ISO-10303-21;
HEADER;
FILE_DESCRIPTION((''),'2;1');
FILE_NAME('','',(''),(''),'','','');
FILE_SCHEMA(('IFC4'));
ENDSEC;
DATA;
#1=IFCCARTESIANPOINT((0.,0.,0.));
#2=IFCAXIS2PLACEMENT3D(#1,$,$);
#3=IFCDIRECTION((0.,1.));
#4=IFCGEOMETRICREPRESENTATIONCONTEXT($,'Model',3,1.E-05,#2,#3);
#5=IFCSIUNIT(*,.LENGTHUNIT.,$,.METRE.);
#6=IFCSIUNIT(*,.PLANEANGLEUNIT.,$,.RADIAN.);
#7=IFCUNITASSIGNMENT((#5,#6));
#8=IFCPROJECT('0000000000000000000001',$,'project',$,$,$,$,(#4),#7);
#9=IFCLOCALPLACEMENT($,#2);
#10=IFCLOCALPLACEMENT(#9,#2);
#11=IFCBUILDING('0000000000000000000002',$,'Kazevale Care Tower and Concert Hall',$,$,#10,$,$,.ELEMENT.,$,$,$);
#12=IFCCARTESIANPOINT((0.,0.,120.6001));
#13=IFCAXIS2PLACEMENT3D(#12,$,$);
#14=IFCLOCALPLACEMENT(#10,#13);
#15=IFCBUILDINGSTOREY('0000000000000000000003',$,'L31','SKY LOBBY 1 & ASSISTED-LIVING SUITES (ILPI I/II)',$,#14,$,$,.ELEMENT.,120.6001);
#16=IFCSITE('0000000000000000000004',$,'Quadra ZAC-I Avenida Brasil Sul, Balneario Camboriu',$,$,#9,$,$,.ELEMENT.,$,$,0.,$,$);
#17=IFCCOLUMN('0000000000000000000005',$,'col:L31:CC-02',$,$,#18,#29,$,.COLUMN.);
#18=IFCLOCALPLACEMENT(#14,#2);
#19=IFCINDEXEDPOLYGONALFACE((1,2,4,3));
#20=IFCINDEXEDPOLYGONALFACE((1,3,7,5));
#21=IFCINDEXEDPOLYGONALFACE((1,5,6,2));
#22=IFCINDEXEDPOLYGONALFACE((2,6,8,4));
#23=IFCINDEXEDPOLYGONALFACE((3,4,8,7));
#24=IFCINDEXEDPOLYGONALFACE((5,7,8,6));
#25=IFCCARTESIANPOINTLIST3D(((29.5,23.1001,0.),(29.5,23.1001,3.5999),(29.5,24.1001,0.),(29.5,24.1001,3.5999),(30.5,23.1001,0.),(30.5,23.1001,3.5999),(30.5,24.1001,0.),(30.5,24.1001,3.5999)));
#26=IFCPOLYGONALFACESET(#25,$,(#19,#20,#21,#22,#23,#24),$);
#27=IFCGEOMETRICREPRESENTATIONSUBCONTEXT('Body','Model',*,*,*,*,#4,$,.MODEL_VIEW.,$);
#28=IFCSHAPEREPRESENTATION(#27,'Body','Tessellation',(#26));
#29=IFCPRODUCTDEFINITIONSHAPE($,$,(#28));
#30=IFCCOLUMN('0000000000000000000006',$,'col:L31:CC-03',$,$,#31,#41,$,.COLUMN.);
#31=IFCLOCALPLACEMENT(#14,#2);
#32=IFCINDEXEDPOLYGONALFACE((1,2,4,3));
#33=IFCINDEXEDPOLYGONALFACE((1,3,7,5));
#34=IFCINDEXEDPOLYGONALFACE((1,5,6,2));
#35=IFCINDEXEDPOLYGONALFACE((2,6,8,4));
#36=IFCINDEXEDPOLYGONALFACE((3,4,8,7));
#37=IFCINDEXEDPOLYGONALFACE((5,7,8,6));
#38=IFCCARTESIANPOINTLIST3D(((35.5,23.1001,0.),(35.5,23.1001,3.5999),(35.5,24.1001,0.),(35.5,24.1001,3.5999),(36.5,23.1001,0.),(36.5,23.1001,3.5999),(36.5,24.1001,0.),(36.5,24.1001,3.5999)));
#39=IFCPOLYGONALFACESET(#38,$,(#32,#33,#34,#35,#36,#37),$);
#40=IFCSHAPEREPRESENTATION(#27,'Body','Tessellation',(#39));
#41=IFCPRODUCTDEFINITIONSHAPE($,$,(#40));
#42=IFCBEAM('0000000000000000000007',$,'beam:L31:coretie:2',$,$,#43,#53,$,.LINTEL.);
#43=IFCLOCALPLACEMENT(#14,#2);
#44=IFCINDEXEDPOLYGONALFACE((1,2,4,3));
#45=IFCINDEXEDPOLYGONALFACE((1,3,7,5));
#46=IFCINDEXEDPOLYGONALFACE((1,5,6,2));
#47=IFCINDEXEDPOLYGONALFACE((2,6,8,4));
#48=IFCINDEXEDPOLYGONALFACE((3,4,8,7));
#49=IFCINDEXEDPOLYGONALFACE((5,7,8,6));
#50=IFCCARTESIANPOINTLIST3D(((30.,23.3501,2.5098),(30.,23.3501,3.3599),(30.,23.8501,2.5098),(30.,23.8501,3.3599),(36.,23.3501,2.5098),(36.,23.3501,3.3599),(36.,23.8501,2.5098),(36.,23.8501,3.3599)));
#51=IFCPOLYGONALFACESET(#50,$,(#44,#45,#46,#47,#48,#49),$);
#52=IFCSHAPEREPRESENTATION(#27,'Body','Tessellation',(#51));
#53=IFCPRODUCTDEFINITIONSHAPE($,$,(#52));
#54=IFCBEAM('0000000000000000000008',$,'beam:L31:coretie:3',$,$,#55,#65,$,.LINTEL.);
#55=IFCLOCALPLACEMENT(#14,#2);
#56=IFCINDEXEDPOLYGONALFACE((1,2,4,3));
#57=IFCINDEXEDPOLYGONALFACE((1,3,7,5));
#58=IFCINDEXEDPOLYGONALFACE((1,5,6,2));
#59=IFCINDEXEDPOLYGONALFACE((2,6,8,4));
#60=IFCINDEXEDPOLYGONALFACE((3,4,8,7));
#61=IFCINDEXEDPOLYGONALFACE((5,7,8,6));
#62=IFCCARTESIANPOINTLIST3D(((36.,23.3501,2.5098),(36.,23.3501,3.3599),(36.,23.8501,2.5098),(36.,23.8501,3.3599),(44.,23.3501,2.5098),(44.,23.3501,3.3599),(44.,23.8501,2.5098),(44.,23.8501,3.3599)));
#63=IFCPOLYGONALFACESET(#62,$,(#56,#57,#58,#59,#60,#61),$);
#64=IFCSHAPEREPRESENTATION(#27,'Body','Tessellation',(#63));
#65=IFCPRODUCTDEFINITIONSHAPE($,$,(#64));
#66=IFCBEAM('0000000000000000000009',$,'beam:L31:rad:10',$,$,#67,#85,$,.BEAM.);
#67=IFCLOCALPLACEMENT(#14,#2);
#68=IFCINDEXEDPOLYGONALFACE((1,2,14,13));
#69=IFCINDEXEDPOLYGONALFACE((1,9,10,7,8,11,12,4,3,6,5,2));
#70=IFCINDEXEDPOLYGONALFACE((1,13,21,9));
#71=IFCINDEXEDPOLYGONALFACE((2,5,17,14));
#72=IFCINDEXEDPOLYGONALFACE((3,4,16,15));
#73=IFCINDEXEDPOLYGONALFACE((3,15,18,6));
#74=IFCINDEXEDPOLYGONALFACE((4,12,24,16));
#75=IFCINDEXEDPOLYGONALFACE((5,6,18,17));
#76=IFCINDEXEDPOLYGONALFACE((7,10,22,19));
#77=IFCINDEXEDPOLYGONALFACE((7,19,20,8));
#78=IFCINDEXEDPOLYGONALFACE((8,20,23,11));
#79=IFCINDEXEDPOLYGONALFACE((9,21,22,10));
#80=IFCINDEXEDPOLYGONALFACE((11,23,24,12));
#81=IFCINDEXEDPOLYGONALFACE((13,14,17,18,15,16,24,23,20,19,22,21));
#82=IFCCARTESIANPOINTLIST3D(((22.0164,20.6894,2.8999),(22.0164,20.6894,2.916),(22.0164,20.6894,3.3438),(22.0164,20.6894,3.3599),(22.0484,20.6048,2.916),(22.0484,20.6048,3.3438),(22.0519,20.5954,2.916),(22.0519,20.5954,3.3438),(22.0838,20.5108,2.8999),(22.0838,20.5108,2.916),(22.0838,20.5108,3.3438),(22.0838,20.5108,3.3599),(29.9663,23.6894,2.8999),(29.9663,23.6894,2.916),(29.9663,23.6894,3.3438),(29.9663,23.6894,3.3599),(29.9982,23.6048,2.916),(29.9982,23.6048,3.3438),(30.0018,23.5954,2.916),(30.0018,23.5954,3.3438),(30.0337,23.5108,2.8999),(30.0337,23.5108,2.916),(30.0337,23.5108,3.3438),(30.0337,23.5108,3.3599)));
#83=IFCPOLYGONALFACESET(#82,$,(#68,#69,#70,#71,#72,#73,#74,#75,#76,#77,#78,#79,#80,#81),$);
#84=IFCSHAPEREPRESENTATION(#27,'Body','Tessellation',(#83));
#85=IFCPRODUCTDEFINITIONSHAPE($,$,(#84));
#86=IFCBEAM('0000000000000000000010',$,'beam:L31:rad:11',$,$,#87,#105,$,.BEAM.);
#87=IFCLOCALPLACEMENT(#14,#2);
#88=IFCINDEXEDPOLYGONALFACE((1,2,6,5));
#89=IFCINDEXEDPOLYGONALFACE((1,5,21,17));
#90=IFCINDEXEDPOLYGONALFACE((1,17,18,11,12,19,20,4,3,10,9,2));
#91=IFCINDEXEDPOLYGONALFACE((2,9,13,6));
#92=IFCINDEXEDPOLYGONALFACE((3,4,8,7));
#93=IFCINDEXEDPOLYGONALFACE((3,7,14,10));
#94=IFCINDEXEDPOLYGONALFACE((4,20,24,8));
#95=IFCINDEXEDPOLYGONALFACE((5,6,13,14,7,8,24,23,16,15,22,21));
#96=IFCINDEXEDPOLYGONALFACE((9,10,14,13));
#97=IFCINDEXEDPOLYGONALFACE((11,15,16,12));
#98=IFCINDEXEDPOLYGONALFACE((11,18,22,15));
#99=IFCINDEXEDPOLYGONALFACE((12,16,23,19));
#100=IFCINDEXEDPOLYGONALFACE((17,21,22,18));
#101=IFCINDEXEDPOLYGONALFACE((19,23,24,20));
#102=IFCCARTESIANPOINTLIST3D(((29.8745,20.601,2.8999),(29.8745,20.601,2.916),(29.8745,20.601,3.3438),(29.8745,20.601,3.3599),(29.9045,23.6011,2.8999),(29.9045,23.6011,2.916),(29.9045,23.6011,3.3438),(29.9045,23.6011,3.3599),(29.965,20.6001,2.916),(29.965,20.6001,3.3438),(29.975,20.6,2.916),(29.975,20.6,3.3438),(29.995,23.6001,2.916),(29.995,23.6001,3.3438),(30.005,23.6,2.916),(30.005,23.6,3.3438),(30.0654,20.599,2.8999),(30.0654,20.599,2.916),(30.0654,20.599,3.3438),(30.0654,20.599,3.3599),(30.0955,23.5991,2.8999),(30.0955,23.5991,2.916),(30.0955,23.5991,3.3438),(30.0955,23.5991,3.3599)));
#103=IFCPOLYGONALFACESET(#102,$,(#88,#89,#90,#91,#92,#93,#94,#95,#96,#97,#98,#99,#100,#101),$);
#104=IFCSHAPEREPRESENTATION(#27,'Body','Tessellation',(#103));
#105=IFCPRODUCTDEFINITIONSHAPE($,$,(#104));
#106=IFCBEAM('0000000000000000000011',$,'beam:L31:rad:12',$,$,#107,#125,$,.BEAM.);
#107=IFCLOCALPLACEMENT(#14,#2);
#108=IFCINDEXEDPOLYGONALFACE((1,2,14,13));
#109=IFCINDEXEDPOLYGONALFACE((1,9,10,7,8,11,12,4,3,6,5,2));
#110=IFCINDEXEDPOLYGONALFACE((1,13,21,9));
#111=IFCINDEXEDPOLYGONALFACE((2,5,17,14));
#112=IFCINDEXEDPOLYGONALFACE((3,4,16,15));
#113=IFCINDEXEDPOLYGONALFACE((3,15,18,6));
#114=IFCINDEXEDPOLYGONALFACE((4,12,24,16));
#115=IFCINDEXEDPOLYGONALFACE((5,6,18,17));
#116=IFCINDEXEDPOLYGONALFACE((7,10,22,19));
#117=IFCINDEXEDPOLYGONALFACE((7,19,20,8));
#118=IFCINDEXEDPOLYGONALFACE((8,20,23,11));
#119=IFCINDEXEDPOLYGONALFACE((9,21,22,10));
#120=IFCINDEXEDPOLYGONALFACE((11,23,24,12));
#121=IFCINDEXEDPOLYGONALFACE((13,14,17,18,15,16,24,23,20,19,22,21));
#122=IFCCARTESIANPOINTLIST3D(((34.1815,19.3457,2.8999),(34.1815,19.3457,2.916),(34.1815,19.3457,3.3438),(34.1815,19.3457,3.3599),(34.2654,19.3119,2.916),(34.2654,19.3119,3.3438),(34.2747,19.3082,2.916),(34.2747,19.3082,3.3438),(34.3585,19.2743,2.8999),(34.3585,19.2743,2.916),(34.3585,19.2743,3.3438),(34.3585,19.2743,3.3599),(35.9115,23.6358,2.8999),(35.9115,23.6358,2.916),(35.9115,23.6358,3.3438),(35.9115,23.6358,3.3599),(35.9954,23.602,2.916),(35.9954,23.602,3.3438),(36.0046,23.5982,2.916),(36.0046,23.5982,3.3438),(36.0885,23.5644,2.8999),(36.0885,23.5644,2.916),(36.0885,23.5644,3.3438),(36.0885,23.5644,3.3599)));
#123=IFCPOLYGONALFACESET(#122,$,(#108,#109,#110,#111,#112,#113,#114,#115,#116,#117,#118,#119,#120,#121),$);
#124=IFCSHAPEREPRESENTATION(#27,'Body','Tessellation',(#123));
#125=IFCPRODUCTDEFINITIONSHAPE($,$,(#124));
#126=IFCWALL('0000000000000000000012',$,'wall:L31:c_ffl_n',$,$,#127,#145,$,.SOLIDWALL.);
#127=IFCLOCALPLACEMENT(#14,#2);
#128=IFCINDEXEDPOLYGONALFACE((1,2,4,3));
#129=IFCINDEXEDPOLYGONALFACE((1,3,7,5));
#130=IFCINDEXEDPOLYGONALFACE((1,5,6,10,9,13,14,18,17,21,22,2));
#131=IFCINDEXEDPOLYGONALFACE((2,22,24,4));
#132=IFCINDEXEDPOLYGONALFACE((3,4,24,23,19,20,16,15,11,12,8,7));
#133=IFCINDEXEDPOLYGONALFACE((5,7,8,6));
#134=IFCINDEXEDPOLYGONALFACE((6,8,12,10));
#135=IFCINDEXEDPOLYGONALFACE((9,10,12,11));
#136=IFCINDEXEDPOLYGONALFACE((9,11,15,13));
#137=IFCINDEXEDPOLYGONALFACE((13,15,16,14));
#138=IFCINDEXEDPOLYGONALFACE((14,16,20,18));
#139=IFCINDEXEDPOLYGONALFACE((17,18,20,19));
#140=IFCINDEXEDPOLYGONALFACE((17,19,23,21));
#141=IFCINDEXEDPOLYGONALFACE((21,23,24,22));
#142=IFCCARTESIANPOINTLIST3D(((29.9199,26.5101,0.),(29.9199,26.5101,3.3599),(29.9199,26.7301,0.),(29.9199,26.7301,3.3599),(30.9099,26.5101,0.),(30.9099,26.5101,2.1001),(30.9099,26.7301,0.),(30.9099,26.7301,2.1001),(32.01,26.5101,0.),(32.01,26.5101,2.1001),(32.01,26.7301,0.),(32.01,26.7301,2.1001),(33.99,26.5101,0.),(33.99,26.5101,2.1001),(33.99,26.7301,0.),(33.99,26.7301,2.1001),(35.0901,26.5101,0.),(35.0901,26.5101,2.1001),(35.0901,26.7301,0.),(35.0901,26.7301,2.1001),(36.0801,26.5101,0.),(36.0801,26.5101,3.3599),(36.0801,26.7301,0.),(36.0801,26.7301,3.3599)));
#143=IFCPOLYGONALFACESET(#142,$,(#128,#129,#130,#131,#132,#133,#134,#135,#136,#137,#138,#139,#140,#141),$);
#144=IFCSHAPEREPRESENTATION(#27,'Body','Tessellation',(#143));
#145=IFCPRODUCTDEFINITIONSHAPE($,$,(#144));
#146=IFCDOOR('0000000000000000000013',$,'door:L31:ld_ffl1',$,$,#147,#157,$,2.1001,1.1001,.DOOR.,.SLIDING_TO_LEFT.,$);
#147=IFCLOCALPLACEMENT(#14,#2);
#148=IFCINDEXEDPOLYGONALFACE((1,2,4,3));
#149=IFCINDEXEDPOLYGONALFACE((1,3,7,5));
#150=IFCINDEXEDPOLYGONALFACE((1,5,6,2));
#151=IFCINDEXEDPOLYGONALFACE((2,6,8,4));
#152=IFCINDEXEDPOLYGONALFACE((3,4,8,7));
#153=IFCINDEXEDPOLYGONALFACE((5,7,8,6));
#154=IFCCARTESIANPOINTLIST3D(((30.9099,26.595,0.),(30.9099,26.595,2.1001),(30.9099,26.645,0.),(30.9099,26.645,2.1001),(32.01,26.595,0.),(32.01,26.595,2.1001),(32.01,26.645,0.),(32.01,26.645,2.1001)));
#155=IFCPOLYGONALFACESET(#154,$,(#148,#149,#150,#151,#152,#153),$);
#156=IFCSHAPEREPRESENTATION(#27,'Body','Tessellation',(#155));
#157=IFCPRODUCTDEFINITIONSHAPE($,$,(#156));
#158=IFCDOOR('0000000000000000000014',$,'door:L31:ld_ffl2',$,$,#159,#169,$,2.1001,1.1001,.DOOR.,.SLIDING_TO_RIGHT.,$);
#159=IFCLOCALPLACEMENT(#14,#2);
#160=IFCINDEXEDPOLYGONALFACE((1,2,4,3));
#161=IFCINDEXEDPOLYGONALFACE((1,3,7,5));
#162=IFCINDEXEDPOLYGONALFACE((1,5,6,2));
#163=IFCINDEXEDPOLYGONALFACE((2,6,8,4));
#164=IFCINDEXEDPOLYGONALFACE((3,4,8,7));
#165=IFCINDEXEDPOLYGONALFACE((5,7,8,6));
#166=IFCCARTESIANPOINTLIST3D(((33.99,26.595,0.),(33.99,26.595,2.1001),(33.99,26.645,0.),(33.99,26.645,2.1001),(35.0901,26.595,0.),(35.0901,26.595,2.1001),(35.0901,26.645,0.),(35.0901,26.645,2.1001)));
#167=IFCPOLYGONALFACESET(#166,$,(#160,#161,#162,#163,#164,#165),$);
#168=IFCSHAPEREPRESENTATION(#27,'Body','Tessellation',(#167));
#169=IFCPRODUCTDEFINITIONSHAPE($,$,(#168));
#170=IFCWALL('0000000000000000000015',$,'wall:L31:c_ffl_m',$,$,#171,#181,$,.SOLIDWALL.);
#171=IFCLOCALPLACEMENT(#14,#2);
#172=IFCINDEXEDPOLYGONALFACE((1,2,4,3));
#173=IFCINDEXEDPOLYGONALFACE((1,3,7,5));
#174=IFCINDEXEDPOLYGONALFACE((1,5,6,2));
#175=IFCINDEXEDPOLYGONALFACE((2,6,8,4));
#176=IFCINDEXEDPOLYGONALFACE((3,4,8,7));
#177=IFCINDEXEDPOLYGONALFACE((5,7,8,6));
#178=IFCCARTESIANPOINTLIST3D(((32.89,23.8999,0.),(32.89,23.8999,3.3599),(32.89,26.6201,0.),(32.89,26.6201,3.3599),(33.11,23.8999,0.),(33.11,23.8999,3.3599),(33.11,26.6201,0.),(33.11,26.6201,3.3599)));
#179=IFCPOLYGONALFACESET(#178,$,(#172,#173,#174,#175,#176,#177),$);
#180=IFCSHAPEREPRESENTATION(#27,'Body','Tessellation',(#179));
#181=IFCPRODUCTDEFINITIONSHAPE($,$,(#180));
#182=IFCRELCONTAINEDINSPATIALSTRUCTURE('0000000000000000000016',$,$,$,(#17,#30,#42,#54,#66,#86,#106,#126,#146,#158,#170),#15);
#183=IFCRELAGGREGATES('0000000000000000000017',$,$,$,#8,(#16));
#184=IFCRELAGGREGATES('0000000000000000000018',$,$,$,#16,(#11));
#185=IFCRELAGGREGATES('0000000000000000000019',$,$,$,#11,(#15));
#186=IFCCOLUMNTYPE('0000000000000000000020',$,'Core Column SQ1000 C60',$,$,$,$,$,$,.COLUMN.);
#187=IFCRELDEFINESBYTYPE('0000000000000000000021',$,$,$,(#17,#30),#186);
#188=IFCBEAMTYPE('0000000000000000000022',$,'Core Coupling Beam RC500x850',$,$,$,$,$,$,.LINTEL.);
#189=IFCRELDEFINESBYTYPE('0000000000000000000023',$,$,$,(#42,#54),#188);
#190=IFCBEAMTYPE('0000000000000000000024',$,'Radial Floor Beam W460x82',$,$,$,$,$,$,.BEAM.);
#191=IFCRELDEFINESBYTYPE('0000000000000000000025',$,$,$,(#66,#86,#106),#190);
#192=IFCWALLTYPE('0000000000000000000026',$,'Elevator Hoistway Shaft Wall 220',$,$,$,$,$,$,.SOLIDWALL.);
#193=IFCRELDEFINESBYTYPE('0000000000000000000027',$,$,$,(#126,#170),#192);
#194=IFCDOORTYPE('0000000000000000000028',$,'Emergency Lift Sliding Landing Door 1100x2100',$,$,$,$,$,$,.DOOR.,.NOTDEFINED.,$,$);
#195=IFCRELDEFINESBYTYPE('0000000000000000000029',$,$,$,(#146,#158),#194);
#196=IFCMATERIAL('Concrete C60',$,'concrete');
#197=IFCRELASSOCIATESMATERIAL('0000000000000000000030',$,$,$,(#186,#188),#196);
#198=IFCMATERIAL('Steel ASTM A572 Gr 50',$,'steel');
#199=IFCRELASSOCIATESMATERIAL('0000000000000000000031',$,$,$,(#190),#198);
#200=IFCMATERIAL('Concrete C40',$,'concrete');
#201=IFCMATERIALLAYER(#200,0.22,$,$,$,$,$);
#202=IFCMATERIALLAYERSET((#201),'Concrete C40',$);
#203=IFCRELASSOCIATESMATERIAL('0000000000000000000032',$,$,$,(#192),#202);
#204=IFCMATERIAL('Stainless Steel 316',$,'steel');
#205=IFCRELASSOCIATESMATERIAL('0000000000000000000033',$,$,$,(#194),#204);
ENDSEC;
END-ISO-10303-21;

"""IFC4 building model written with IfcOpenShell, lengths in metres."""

from ifc_helpers import new_model, si_unit, direction, frame, frame_2d, origin, origin_2d, place, context, subcontext, project, spatial, rectangle, i_section, extrude, material, layer, layer_set, material_profile, profile_set, type_object, element, fill, save


model = new_model("IFC4")

# Units and contexts
model_context = context("Model", 3, precision=1e-05, world=origin(), true_north=direction((0.0, 1.0)))
body_context = subcontext(model_context, "Body", "Model", "MODEL_VIEW")
ifc_project = project(units=[si_unit("LENGTHUNIT", "METRE"), si_unit("PLANEANGLEUNIT", "RADIAN")], contexts=[model_context])

# Site, building, storey
site_placement = place(None, origin())
site = spatial("IfcSite", under=ifc_project, at=site_placement, Name="Quadra ZAC-I Avenida Brasil Sul, Balneario Camboriu", CompositionType="ELEMENT", RefElevation=0.0)
building_placement = place(site_placement, origin())
building = spatial("IfcBuilding", under=site, at=building_placement, Name="Kazevale Care Tower and Concert Hall", CompositionType="ELEMENT")
storey_placement = place(building_placement, frame((0.0, 0.0, 120.6001)))
storey = spatial("IfcBuildingStorey", under=building, at=storey_placement, Name="L31", Description="SKY LOBBY 1 & ASSISTED-LIVING SUITES (ILPI I/II)", CompositionType="ELEMENT", Elevation=120.6001)

# Columns
ifc_material_1 = material(Name="Concrete C60", Category="concrete")
ifc_material_profile_1 = material_profile(ifc_material_1, rectangle(XDim=1.0, YDim=1.0, at=origin_2d()), Name="RC-SQ1000")
ifc_profile_set_1 = profile_set([ifc_material_profile_1], Name="Concrete C60")
column_type = type_object("IfcColumnType", Name="Core Column SQ1000 C60", PredefinedType="COLUMN", material=ifc_profile_set_1)
for number, where, z_axis, x_axis, name in (
    (1, (30.0, 23.6001, 0.0), (0.0, 0.0, 1.0), (1.0, 0.0, 0.0), "col:L31:CC-02"),
    (2, (36.0, 23.6001, 0.0), (0.0, 0.0, 1.0), (1.0, 0.0, 0.0), "col:L31:CC-03"),
):
    element("IfcColumn", number, at=place(storey_placement, frame(where, z_axis=z_axis, x_axis=x_axis)), inside=storey, type_object=column_type, Name=name, PredefinedType="COLUMN", context=body_context, shape_type="SweptSolid", body=[
        extrude(rectangle(XDim=1.0, YDim=1.0, at=origin_2d()), origin(), (0.0, 0.0, 1.0), 3.5999),
    ])

# Beams
ifc_material_profile_2 = material_profile(ifc_material_1, rectangle(XDim=0.5, YDim=0.8501, at=origin_2d()), Name="RC-B500x850")
ifc_profile_set_2 = profile_set([ifc_material_profile_2], Name="Concrete C60")
beam_type_1 = type_object("IfcBeamType", Name="Core Coupling Beam RC500x850", PredefinedType="LINTEL", material=ifc_profile_set_2)
beam_1_placement = place(storey_placement, frame((30.0, 23.6001, 2.9348), z_axis=(1.0, 0.0, 0.0), x_axis=(0.0, 1.0, 0.0)))
element("IfcBeam", 3, at=beam_1_placement, inside=storey, type_object=beam_type_1, Name="beam:L31:coretie:2", PredefinedType="LINTEL", context=body_context, shape_type="SweptSolid", body=[
    extrude(rectangle(XDim=0.5, YDim=0.8501, at=origin_2d()), origin(), (0.0, 0.0, 1.0), 6.0),
])
beam_2_placement = place(storey_placement, frame((36.0, 23.6001, 2.9348), z_axis=(1.0, 0.0, 0.0), x_axis=(0.0, 1.0, 0.0)))
element("IfcBeam", 4, at=beam_2_placement, inside=storey, type_object=beam_type_1, Name="beam:L31:coretie:3", PredefinedType="LINTEL", context=body_context, shape_type="SweptSolid", body=[
    extrude(rectangle(XDim=0.5, YDim=0.8501, at=origin_2d()), origin(), (0.0, 0.0, 1.0), 8.0),
])
ifc_material_2 = material(Name="Steel ASTM A572 Gr 50", Category="steel")
ifc_material_profile_3 = material_profile(ifc_material_2, i_section(OverallWidth=0.1909, OverallDepth=0.46, WebThickness=0.01, FlangeThickness=0.0161, at=origin_2d()), Name="W460x82")
ifc_profile_set_3 = profile_set([ifc_material_profile_3], Name="Steel ASTM A572 Gr 50")
beam_type_2 = type_object("IfcBeamType", Name="Radial Floor Beam W460x82", PredefinedType="BEAM", material=ifc_profile_set_3)
beam_3_placement = place(storey_placement, frame((30.0, 23.6001, 3.1299), z_axis=(-0.935601, -0.353059, 0.0), x_axis=(0.353059, -0.935601, 0.0)))
element("IfcBeam", 5, at=beam_3_placement, inside=storey, type_object=beam_type_2, Name="beam:L31:rad:10", PredefinedType="BEAM", context=body_context, shape_type="SweptSolid", body=[
    extrude(i_section(OverallWidth=0.1909, OverallDepth=0.46, WebThickness=0.01, FlangeThickness=0.0161, at=origin_2d()), origin(), (0.0, 0.0, 1.0), 8.4971),
])
beam_4_placement = place(storey_placement, frame((30.0, 23.6001, 3.1299), z_axis=(-0.010009, -0.99995, 0.0), x_axis=(0.99995, -0.010009, 0.0)))
element("IfcBeam", 6, at=beam_4_placement, inside=storey, type_object=beam_type_2, Name="beam:L31:rad:11", PredefinedType="BEAM", context=body_context, shape_type="SweptSolid", body=[
    extrude(i_section(OverallWidth=0.1909, OverallDepth=0.46, WebThickness=0.01, FlangeThickness=0.0161, at=origin_2d()), origin(), (0.0, 0.0, 1.0), 3.0002),
])
beam_5_placement = place(storey_placement, frame((36.0, 23.6001, 3.1299), z_axis=(-0.373992, -0.927432, 0.0), x_axis=(0.927432, -0.373992, 0.0)))
element("IfcBeam", 7, at=beam_5_placement, inside=storey, type_object=beam_type_2, Name="beam:L31:rad:12", PredefinedType="BEAM", context=body_context, shape_type="SweptSolid", body=[
    extrude(i_section(OverallWidth=0.1909, OverallDepth=0.46, WebThickness=0.01, FlangeThickness=0.0161, at=origin_2d()), origin(), (0.0, 0.0, 1.0), 4.6257),
])

# Wall, openings, doors
ifc_material_3 = material(Name="Concrete C40", Category="concrete")
ifc_layer_1 = layer(ifc_material_3, 0.22)
ifc_layer_set_1 = layer_set([ifc_layer_1], Name="Concrete C40")
wall_type_1 = type_object("IfcWallType", Name="Elevator Hoistway Shaft Wall 220", PredefinedType="SOLIDWALL", material=ifc_layer_set_1)
wall_1_placement = place(storey_placement, frame((29.9199, 26.6201, 0.0), z_axis=(0.0, 0.0, 1.0), x_axis=(1.0, 0.0, 0.0)))
wall_1 = element("IfcWall", 8, at=wall_1_placement, inside=storey, type_object=wall_type_1, Name="wall:L31:c_ffl_n", PredefinedType="SOLIDWALL", context=body_context, shape_type="SweptSolid", body=[
    extrude(rectangle(XDim=6.1602, YDim=0.22, at=frame_2d((3.0801, 0.0))), origin(), (0.0, 0.0, 1.0), 3.3599),
])
opening_1_placement = place(wall_1_placement, frame((0.99, 0.0, 0.0)))
opening_1 = element("IfcOpeningElement", 9, at=opening_1_placement, cuts=wall_1, PredefinedType="OPENING", context=body_context, shape_type="SweptSolid", body=[
    extrude(rectangle(XDim=1.1001, YDim=2.1001, at=frame_2d((0.55, 1.05))), frame((0.0, 0.1199, 0.0), z_axis=(0.0, -1.0, 0.0), x_axis=(1.0, 0.0, 0.0)), (0.0, 0.0, 1.0), 0.24),
])
opening_2_placement = place(wall_1_placement, frame((4.0701, 0.0, 0.0)))
opening_2 = element("IfcOpeningElement", 10, at=opening_2_placement, cuts=wall_1, PredefinedType="OPENING", context=body_context, shape_type="SweptSolid", body=[
    extrude(rectangle(XDim=1.1001, YDim=2.1001, at=frame_2d((0.55, 1.05))), frame((0.0, 0.1199, 0.0), z_axis=(0.0, -1.0, 0.0), x_axis=(1.0, 0.0, 0.0)), (0.0, 0.0, 1.0), 0.24),
])
ifc_material_4 = material(Name="Stainless Steel 316", Category="steel")
door_type_1 = type_object("IfcDoorType", Name="Emergency Lift Sliding Landing Door 1100x2100", OperationType="NOTDEFINED", PredefinedType="DOOR", material=ifc_material_4)
door_1_placement = place(opening_1_placement, origin())
door_1 = element("IfcDoor", 11, at=door_1_placement, inside=storey, type_object=door_type_1, Name="door:L31:ld_ffl1", OperationType="SLIDING_TO_LEFT", OverallHeight=2.1001, OverallWidth=1.1001, PredefinedType="DOOR", context=body_context, shape_type="SweptSolid", body=[
    extrude(rectangle(XDim=1.1001, YDim=2.1001, at=frame_2d((0.55, 1.05))), frame((0.0, 0.0249, 0.0), z_axis=(0.0, -1.0, 0.0), x_axis=(1.0, 0.0, 0.0)), (0.0, 0.0, 1.0), 0.05),
])
fill(opening_1, door_1)
door_2_placement = place(opening_2_placement, origin())
door_2 = element("IfcDoor", 12, at=door_2_placement, inside=storey, type_object=door_type_1, Name="door:L31:ld_ffl2", OperationType="SLIDING_TO_RIGHT", OverallHeight=2.1001, OverallWidth=1.1001, PredefinedType="DOOR", context=body_context, shape_type="SweptSolid", body=[
    extrude(rectangle(XDim=1.1001, YDim=2.1001, at=frame_2d((0.55, 1.05))), frame((0.0, 0.0249, 0.0), z_axis=(0.0, -1.0, 0.0), x_axis=(1.0, 0.0, 0.0)), (0.0, 0.0, 1.0), 0.05),
])
fill(opening_2, door_2)

# Wall
wall_2_placement = place(storey_placement, frame((33.0, 23.8999, 0.0), z_axis=(0.0, 0.0, 1.0), x_axis=(0.0, 1.0, 0.0)))
element("IfcWall", 13, at=wall_2_placement, inside=storey, type_object=wall_type_1, Name="wall:L31:c_ffl_m", PredefinedType="SOLIDWALL", context=body_context, shape_type="SweptSolid", body=[
    extrude(rectangle(XDim=2.7202, YDim=0.22, at=frame_2d((1.3601, 0.0))), origin(), (0.0, 0.0, 1.0), 3.3599),
])

save(model, "model.ifc")
